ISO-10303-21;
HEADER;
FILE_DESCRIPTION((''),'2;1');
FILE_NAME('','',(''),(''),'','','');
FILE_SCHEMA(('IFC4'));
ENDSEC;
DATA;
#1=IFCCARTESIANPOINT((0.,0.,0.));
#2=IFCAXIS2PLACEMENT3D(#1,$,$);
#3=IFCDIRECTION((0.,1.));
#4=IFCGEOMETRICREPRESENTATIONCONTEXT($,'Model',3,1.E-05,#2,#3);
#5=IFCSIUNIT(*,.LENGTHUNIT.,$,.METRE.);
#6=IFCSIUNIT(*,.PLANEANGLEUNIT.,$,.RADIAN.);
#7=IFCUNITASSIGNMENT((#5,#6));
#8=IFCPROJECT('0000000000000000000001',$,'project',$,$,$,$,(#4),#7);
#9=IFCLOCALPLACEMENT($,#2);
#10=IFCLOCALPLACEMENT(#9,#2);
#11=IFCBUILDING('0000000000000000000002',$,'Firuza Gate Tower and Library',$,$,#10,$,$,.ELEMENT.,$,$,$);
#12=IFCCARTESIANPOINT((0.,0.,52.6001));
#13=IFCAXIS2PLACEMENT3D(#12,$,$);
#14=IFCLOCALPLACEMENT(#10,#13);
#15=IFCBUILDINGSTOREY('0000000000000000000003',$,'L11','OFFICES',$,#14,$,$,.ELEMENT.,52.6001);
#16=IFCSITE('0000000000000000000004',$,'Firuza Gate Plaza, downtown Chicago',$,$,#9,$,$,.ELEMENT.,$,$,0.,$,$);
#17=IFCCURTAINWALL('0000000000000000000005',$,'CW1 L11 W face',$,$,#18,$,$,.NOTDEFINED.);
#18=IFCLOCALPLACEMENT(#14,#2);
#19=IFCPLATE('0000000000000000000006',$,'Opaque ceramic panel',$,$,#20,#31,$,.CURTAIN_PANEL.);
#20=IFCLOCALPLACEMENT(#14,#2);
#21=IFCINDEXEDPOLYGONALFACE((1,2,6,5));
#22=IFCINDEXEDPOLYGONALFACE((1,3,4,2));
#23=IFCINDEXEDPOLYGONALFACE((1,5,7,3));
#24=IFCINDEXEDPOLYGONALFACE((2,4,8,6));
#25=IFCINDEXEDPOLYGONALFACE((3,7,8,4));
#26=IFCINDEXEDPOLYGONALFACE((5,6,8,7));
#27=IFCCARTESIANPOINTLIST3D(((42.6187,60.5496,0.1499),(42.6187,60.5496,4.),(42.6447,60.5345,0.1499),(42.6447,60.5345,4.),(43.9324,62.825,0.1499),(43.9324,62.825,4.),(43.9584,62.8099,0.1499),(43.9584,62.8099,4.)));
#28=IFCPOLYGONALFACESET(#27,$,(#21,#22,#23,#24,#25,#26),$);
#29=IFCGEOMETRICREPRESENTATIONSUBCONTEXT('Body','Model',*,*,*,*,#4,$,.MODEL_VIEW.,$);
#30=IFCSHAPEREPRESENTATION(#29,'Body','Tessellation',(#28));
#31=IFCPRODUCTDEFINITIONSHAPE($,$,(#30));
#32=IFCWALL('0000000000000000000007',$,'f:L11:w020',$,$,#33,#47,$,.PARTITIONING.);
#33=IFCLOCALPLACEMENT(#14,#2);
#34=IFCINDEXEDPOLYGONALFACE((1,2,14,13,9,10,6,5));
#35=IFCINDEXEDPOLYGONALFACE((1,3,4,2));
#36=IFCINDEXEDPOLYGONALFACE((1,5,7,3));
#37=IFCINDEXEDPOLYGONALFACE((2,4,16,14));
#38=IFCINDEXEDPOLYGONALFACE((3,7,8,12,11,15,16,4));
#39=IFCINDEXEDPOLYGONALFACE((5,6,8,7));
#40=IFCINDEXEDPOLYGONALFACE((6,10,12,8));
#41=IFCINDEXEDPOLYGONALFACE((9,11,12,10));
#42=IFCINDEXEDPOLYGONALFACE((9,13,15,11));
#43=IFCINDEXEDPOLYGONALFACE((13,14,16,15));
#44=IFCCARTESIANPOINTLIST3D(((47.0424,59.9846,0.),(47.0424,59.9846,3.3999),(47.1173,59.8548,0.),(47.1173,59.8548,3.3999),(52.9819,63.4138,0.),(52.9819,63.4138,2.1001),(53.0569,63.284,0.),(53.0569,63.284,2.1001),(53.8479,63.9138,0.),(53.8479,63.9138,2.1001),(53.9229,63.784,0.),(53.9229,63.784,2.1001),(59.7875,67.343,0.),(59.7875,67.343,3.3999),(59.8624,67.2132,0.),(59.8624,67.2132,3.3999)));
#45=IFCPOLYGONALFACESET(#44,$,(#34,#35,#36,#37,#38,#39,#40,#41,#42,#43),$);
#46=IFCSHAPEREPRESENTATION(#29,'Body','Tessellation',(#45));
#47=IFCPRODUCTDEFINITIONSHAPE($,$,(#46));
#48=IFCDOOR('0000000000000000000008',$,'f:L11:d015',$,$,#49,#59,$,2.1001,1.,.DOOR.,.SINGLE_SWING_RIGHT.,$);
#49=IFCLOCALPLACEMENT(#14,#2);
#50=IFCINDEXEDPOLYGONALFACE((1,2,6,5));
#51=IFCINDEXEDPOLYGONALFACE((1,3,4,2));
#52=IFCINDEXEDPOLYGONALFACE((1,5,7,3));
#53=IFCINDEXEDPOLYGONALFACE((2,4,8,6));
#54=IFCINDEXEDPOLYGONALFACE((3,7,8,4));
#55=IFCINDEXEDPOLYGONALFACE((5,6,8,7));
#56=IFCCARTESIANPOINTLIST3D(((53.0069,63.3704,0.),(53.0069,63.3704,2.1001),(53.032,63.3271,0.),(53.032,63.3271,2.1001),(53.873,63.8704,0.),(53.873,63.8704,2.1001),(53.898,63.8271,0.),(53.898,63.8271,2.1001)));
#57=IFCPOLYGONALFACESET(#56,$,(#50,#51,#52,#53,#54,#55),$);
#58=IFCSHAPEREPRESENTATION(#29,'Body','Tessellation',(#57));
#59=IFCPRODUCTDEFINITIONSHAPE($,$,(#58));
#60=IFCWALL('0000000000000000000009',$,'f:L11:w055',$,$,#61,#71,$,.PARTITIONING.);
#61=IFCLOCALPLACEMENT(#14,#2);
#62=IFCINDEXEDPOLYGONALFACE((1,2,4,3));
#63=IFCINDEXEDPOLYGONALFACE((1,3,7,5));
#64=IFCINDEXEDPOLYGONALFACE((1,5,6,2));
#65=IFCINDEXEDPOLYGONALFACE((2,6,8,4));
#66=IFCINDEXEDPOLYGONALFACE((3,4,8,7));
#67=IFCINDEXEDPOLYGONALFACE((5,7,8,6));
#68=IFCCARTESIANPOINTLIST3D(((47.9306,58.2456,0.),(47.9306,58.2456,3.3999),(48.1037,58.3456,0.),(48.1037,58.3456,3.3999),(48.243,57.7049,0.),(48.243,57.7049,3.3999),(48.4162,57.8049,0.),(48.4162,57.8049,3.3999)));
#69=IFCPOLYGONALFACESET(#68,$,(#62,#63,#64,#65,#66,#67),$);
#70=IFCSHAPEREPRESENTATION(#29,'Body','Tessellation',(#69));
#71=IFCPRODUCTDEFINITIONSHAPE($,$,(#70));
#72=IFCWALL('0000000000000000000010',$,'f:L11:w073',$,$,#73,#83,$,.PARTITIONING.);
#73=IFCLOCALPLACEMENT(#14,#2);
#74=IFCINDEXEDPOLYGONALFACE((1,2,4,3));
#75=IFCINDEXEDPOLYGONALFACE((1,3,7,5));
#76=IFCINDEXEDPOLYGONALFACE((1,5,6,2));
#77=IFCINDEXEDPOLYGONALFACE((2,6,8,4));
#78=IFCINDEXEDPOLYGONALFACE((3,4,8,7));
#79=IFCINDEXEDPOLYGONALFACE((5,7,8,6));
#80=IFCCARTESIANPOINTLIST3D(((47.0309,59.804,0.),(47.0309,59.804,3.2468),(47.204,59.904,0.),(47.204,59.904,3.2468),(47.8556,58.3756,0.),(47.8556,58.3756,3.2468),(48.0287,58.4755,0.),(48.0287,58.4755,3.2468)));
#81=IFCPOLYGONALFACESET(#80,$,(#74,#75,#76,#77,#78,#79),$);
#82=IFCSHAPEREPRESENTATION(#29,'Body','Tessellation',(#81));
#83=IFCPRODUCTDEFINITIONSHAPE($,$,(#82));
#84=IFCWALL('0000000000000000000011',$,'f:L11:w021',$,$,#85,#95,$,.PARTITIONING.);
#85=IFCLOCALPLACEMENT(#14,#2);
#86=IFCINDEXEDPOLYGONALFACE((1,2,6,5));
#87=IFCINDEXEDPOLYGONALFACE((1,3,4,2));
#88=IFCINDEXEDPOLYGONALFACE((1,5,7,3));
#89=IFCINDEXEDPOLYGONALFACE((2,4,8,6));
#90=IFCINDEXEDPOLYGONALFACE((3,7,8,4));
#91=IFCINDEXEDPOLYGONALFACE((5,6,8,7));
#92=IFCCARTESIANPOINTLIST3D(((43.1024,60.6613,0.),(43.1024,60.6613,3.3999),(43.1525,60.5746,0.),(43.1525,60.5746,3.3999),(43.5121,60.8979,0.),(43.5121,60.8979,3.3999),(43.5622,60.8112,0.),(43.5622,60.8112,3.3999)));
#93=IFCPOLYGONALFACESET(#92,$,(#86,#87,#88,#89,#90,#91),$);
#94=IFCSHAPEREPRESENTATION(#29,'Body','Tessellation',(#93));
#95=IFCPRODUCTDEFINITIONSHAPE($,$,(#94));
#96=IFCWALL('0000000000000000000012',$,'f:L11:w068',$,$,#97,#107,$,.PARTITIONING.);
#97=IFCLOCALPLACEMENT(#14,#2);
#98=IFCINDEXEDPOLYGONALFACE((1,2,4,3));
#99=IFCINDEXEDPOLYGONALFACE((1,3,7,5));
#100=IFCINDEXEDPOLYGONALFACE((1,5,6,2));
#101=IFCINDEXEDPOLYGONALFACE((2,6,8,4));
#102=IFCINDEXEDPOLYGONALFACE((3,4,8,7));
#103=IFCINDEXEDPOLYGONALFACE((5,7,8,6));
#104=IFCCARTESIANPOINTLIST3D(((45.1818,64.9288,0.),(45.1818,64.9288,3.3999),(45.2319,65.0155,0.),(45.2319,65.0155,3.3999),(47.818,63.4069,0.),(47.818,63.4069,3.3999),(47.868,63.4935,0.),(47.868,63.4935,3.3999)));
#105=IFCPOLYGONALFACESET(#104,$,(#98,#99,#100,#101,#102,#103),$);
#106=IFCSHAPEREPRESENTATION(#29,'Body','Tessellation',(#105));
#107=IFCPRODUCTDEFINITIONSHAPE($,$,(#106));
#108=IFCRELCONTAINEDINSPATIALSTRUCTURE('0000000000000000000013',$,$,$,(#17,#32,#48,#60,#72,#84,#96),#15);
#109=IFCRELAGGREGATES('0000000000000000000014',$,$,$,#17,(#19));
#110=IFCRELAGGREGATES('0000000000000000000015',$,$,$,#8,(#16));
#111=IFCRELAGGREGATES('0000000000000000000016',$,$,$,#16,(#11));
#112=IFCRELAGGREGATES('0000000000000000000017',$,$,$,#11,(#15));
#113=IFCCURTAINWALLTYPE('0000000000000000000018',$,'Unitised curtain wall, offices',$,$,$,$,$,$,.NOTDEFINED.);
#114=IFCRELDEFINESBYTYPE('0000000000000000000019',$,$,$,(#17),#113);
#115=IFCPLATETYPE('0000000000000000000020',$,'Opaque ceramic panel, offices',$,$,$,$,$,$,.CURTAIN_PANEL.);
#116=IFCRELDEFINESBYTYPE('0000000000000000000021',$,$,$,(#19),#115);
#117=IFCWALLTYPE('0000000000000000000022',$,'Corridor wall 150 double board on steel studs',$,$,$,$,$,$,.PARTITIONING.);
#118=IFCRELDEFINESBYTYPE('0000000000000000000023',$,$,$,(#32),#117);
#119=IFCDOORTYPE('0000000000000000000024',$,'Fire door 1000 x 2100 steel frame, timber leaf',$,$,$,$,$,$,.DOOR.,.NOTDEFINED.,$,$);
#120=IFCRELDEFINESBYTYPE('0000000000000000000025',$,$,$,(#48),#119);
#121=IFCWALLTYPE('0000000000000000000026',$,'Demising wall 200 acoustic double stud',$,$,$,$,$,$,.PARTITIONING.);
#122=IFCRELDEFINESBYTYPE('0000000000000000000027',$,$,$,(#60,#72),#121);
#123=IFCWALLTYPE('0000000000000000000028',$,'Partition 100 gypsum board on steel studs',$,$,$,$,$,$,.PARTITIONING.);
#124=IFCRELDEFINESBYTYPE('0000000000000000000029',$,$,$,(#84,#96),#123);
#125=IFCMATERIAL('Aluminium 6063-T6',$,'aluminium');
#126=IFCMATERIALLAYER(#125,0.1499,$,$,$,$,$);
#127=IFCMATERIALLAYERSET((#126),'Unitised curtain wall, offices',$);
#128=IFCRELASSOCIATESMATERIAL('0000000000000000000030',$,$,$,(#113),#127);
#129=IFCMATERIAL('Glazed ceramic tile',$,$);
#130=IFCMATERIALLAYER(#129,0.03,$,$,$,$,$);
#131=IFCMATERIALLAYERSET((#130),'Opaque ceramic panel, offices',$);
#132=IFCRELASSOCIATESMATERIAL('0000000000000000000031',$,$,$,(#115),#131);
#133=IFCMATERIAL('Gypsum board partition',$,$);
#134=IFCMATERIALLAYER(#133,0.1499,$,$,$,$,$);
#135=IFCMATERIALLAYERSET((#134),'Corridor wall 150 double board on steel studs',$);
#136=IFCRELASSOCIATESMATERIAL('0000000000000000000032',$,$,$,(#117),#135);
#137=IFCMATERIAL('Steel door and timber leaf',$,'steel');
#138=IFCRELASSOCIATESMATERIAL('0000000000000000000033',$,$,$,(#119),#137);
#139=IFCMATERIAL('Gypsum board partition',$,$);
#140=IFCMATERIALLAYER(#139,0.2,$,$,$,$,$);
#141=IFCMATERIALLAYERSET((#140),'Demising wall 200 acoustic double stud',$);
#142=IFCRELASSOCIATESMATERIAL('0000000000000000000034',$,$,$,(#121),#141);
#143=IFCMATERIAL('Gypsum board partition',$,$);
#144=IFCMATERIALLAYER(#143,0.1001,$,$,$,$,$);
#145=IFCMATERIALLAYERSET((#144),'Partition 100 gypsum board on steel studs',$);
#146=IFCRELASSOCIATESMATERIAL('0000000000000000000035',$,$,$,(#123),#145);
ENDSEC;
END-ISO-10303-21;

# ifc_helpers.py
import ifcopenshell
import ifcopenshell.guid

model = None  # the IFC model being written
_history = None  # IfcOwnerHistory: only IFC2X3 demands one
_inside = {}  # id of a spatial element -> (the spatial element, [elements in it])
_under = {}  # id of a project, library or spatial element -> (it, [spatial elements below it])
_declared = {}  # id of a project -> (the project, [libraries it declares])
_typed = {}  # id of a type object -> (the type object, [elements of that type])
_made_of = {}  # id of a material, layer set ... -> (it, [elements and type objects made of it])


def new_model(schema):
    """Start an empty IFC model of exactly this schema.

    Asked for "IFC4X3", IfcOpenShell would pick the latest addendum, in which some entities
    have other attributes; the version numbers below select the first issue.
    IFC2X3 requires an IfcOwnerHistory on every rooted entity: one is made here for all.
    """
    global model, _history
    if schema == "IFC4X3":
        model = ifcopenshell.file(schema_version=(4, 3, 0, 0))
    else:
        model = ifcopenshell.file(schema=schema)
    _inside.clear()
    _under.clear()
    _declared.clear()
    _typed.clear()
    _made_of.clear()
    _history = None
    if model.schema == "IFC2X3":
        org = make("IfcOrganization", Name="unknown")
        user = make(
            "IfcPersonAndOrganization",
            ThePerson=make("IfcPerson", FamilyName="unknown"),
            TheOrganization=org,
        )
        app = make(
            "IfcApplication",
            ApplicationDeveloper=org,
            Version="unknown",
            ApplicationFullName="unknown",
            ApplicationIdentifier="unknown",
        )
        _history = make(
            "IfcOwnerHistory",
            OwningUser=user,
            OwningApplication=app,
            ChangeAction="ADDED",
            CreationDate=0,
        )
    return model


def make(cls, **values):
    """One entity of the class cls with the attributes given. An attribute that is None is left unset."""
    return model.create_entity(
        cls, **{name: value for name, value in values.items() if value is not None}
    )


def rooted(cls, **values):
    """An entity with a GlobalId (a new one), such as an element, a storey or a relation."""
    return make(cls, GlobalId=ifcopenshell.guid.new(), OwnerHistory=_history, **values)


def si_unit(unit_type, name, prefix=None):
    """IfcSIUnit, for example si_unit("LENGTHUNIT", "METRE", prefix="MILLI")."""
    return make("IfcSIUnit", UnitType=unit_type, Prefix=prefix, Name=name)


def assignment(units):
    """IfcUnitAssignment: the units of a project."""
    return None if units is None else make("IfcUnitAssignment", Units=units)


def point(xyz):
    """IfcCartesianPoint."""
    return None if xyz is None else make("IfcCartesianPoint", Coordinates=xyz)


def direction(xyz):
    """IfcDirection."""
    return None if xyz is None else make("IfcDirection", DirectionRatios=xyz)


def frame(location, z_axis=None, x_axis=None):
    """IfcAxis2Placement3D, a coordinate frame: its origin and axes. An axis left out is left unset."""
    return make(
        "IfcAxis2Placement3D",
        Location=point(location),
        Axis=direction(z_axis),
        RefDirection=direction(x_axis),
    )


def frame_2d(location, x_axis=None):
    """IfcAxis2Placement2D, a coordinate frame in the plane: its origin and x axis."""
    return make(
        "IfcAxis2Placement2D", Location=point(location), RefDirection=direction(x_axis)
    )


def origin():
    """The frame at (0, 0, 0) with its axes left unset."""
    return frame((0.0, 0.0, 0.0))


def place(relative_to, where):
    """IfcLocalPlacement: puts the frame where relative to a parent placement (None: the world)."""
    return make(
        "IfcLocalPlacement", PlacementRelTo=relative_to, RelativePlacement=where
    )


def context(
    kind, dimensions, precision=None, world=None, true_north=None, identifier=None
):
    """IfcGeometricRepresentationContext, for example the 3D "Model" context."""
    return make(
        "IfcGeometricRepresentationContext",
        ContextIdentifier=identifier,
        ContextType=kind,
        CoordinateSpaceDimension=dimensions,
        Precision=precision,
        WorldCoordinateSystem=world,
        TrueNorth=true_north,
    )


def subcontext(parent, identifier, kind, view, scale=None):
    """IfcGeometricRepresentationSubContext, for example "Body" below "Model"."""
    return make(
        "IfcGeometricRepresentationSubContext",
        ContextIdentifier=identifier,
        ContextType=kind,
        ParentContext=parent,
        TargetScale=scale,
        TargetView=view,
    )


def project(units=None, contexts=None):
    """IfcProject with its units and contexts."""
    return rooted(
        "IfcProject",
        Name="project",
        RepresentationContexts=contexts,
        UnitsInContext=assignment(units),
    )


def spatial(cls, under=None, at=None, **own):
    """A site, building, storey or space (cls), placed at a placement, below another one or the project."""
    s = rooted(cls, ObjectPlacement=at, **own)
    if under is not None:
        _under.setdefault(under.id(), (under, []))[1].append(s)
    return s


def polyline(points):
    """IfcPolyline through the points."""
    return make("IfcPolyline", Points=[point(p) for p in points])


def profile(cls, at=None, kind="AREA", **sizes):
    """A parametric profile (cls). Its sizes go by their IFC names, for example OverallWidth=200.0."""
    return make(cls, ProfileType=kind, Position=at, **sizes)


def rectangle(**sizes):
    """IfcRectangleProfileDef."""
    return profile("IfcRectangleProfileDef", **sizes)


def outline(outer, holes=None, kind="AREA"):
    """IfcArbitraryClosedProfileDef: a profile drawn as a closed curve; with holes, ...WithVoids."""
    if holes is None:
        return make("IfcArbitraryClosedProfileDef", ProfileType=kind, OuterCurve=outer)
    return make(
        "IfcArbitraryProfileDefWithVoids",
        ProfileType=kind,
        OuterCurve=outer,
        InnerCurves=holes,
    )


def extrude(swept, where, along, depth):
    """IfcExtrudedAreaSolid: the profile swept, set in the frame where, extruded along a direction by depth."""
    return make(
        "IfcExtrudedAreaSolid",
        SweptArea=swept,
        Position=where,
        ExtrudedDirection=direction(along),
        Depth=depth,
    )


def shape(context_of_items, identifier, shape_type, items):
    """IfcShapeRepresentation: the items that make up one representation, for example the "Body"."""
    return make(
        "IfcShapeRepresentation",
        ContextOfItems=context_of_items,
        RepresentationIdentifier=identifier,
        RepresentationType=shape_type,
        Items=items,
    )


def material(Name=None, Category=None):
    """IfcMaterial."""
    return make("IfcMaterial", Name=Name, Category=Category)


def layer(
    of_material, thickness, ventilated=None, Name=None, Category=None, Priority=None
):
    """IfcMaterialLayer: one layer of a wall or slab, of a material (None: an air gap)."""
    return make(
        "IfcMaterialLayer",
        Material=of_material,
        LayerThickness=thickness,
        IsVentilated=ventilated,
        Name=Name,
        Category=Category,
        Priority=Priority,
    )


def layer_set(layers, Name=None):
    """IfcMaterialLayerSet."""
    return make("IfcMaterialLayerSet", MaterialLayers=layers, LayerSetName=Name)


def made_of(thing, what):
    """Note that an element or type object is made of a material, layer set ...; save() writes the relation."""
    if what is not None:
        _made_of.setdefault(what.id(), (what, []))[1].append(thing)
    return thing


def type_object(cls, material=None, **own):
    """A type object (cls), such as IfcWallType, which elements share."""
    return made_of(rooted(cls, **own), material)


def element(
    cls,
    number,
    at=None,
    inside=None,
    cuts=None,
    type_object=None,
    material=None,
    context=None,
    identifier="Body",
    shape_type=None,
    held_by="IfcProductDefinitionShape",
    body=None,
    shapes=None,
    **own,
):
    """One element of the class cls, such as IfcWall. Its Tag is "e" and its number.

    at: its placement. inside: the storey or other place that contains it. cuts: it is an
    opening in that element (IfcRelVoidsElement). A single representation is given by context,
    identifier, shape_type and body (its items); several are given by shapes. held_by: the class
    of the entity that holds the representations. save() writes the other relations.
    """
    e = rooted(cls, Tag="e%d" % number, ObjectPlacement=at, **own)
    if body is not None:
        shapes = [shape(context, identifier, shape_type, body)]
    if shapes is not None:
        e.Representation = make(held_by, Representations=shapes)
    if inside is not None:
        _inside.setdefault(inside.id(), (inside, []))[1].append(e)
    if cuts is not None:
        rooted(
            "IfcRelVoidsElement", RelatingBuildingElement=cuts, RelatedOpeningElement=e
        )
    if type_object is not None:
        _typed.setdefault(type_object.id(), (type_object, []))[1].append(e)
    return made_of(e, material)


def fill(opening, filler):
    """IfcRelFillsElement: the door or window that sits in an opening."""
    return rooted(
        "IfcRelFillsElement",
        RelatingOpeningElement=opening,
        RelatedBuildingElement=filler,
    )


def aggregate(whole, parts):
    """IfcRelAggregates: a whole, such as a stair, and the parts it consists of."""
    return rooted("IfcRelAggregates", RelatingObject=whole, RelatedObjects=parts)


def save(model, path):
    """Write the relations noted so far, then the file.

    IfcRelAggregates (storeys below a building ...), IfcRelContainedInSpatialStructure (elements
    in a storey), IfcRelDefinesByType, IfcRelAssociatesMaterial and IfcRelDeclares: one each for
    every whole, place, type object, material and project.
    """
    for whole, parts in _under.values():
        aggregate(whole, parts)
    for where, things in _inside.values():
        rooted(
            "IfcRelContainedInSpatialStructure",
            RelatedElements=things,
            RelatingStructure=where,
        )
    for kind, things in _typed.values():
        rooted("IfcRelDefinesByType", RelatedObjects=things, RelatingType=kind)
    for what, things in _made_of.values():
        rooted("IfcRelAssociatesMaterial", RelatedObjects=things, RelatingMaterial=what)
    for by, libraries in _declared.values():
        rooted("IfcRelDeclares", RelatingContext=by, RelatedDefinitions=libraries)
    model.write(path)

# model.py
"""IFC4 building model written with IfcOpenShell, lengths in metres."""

from ifc_helpers import new_model, si_unit, direction, frame, frame_2d, origin, place, context, subcontext, project, spatial, polyline, rectangle, outline, extrude, material, layer, layer_set, type_object, element, fill, aggregate, save


model = new_model("IFC4")

# Units and contexts
model_context = context("Model", 3, precision=1e-05, world=origin(), true_north=direction((0.0, 1.0)))
body_context = subcontext(model_context, "Body", "Model", "MODEL_VIEW")
ifc_project = project(units=[si_unit("LENGTHUNIT", "METRE"), si_unit("PLANEANGLEUNIT", "RADIAN")], contexts=[model_context])

# Site, building, storey
site_placement = place(None, origin())
site = spatial("IfcSite", under=ifc_project, at=site_placement, Name="Firuza Gate Plaza, downtown Chicago", CompositionType="ELEMENT", RefElevation=0.0)
building_placement = place(site_placement, origin())
building = spatial("IfcBuilding", under=site, at=building_placement, Name="Firuza Gate Tower and Library", CompositionType="ELEMENT")
storey_placement = place(building_placement, frame((0.0, 0.0, 52.6001)))
storey = spatial("IfcBuildingStorey", under=building, at=storey_placement, Name="L11", Description="OFFICES", CompositionType="ELEMENT", Elevation=52.6001)

# Curtain wall
ifc_material_1 = material(Name="Aluminium 6063-T6", Category="aluminium")
ifc_layer_1 = layer(ifc_material_1, 0.1499)
ifc_layer_set_1 = layer_set([ifc_layer_1], Name="Unitised curtain wall, offices")
curtain_wall_type_1 = type_object("IfcCurtainWallType", Name="Unitised curtain wall, offices", PredefinedType="NOTDEFINED", material=ifc_layer_set_1)
placement = place(storey_placement, origin())
curtain_wall_1 = element("IfcCurtainWall", 1, at=placement, inside=storey, type_object=curtain_wall_type_1, Name="CW1 L11 W face", PredefinedType="NOTDEFINED")

# Plate
ifc_material_2 = material(Name="Glazed ceramic tile")
ifc_layer_2 = layer(ifc_material_2, 0.03)
ifc_layer_set_2 = layer_set([ifc_layer_2], Name="Opaque ceramic panel, offices")
plate_type_1 = type_object("IfcPlateType", Name="Opaque ceramic panel, offices", PredefinedType="CURTAIN_PANEL", material=ifc_layer_set_2)
plate_1_placement = place(storey_placement, frame((43.9324, 62.825, 0.1499), z_axis=(-0.866022, 0.500007, 0.0), x_axis=(-0.500007, -0.866022, 0.0)))
plate_1 = element("IfcPlate", 2, at=plate_1_placement, type_object=plate_type_1, Name="Opaque ceramic panel", PredefinedType="CURTAIN_PANEL", context=body_context, shape_type="SweptSolid", body=[
    extrude(outline(polyline([(0.0, 0.0), (2.6274, 0.0), (2.6274, 3.8501), (0.0, 3.8501), (0.0, 0.0)])), origin(), (0.0, 0.0, -1.0), 0.03),
])
aggregate(curtain_wall_1, [plate_1])

# Wall, opening, door
ifc_material_3 = material(Name="Gypsum board partition")
ifc_layer_3 = layer(ifc_material_3, 0.1499)
ifc_layer_set_3 = layer_set([ifc_layer_3], Name="Corridor wall 150 double board on steel studs")
wall_type_1 = type_object("IfcWallType", Name="Corridor wall 150 double board on steel studs", PredefinedType="PARTITIONING", material=ifc_layer_set_3)
wall_1_placement = place(storey_placement, frame((47.0798, 59.9197, 0.0), z_axis=(0.0, 0.0, 1.0), x_axis=(0.866025, 0.5, 0.0)))
wall_1 = element("IfcWall", 3, at=wall_1_placement, inside=storey, type_object=wall_type_1, Name="f:L11:w020", PredefinedType="PARTITIONING", context=body_context, shape_type="SweptSolid", body=[
    extrude(rectangle(XDim=14.7168, YDim=0.1499, at=frame_2d((7.3584, 0.0))), origin(), (0.0, 0.0, 1.0), 3.3999),
])
opening_placement = place(wall_1_placement, frame((6.8584, 0.0, 0.0)))
opening = element("IfcOpeningElement", 4, at=opening_placement, cuts=wall_1, PredefinedType="OPENING", context=body_context, shape_type="SweptSolid", body=[
    extrude(rectangle(XDim=1.0, YDim=2.1001, at=frame_2d((0.5, 1.05))), frame((0.0, 0.085, 0.0), z_axis=(0.0, -1.0, 0.0), x_axis=(1.0, 0.0, 0.0)), (0.0, 0.0, 1.0), 0.1699),
])
ifc_material_4 = material(Name="Steel door and timber leaf", Category="steel")
door_type = type_object("IfcDoorType", Name="Fire door 1000 x 2100 steel frame, timber leaf", OperationType="NOTDEFINED", PredefinedType="DOOR", material=ifc_material_4)
door_placement = place(opening_placement, origin())
door = element("IfcDoor", 5, at=door_placement, inside=storey, type_object=door_type, Name="f:L11:d015", OperationType="SINGLE_SWING_RIGHT", OverallHeight=2.1001, OverallWidth=1.0, PredefinedType="DOOR", context=body_context, shape_type="SweptSolid", body=[
    extrude(rectangle(XDim=1.0, YDim=2.1001, at=frame_2d((0.5, 1.05))), frame((0.0, 0.0249, 0.0), z_axis=(0.0, -1.0, 0.0), x_axis=(1.0, 0.0, 0.0)), (0.0, 0.0, 1.0), 0.05),
])
fill(opening, door)

# Walls
ifc_material_5 = material(Name="Gypsum board partition")
ifc_layer_4 = layer(ifc_material_5, 0.2)
ifc_layer_set_4 = layer_set([ifc_layer_4], Name="Demising wall 200 acoustic double stud")
wall_type_2 = type_object("IfcWallType", Name="Demising wall 200 acoustic double stud", PredefinedType="PARTITIONING", material=ifc_layer_set_4)
wall_2_placement = place(storey_placement, frame((48.3296, 57.7549, 0.0), z_axis=(0.0, 0.0, 1.0), x_axis=(-0.500343, 0.865827, 0.0)))
element("IfcWall", 6, at=wall_2_placement, inside=storey, type_object=wall_type_2, Name="f:L11:w055", PredefinedType="PARTITIONING", context=body_context, shape_type="SweptSolid", body=[
    extrude(rectangle(XDim=0.6245, YDim=0.2, at=frame_2d((0.3123, 0.0))), origin(), (0.0, 0.0, 1.0), 3.3999),
])
wall_3_placement = place(storey_placement, frame((47.9421, 58.4255, 0.0), z_axis=(0.0, 0.0, 1.0), x_axis=(-0.499992, 0.86603, 0.0)))
element("IfcWall", 7, at=wall_3_placement, inside=storey, type_object=wall_type_2, Name="f:L11:w073", PredefinedType="PARTITIONING", context=body_context, shape_type="SweptSolid", body=[
    extrude(rectangle(XDim=1.6494, YDim=0.2, at=frame_2d((0.8247, 0.0))), origin(), (0.0, 0.0, 1.0), 3.2468),
])
ifc_material_6 = material(Name="Gypsum board partition")
ifc_layer_5 = layer(ifc_material_6, 0.1001)
ifc_layer_set_5 = layer_set([ifc_layer_5], Name="Partition 100 gypsum board on steel studs")
wall_type_3 = type_object("IfcWallType", Name="Partition 100 gypsum board on steel studs", PredefinedType="PARTITIONING", material=ifc_layer_set_5)
wall_4_placement = place(storey_placement, frame((43.1274, 60.6179, 0.0), z_axis=(0.0, 0.0, 1.0), x_axis=(0.865979, 0.50008, 0.0)))
element("IfcWall", 8, at=wall_4_placement, inside=storey, type_object=wall_type_3, Name="f:L11:w021", PredefinedType="PARTITIONING", context=body_context, shape_type="SweptSolid", body=[
    extrude(rectangle(XDim=0.4731, YDim=0.1001, at=frame_2d((0.2366, 0.0))), origin(), (0.0, 0.0, 1.0), 3.3999),
])
wall_5_placement = place(storey_placement, frame((47.843, 63.4502, 0.0), z_axis=(0.0, 0.0, 1.0), x_axis=(-0.866033, 0.499986, 0.0)))
element("IfcWall", 9, at=wall_5_placement, inside=storey, type_object=wall_type_3, Name="f:L11:w068", PredefinedType="PARTITIONING", context=body_context, shape_type="SweptSolid", body=[
    extrude(rectangle(XDim=3.0439, YDim=0.1001, at=frame_2d((1.522, 0.0))), origin(), (0.0, 0.0, 1.0), 3.3999),
])

save(model, "model.ifc")
